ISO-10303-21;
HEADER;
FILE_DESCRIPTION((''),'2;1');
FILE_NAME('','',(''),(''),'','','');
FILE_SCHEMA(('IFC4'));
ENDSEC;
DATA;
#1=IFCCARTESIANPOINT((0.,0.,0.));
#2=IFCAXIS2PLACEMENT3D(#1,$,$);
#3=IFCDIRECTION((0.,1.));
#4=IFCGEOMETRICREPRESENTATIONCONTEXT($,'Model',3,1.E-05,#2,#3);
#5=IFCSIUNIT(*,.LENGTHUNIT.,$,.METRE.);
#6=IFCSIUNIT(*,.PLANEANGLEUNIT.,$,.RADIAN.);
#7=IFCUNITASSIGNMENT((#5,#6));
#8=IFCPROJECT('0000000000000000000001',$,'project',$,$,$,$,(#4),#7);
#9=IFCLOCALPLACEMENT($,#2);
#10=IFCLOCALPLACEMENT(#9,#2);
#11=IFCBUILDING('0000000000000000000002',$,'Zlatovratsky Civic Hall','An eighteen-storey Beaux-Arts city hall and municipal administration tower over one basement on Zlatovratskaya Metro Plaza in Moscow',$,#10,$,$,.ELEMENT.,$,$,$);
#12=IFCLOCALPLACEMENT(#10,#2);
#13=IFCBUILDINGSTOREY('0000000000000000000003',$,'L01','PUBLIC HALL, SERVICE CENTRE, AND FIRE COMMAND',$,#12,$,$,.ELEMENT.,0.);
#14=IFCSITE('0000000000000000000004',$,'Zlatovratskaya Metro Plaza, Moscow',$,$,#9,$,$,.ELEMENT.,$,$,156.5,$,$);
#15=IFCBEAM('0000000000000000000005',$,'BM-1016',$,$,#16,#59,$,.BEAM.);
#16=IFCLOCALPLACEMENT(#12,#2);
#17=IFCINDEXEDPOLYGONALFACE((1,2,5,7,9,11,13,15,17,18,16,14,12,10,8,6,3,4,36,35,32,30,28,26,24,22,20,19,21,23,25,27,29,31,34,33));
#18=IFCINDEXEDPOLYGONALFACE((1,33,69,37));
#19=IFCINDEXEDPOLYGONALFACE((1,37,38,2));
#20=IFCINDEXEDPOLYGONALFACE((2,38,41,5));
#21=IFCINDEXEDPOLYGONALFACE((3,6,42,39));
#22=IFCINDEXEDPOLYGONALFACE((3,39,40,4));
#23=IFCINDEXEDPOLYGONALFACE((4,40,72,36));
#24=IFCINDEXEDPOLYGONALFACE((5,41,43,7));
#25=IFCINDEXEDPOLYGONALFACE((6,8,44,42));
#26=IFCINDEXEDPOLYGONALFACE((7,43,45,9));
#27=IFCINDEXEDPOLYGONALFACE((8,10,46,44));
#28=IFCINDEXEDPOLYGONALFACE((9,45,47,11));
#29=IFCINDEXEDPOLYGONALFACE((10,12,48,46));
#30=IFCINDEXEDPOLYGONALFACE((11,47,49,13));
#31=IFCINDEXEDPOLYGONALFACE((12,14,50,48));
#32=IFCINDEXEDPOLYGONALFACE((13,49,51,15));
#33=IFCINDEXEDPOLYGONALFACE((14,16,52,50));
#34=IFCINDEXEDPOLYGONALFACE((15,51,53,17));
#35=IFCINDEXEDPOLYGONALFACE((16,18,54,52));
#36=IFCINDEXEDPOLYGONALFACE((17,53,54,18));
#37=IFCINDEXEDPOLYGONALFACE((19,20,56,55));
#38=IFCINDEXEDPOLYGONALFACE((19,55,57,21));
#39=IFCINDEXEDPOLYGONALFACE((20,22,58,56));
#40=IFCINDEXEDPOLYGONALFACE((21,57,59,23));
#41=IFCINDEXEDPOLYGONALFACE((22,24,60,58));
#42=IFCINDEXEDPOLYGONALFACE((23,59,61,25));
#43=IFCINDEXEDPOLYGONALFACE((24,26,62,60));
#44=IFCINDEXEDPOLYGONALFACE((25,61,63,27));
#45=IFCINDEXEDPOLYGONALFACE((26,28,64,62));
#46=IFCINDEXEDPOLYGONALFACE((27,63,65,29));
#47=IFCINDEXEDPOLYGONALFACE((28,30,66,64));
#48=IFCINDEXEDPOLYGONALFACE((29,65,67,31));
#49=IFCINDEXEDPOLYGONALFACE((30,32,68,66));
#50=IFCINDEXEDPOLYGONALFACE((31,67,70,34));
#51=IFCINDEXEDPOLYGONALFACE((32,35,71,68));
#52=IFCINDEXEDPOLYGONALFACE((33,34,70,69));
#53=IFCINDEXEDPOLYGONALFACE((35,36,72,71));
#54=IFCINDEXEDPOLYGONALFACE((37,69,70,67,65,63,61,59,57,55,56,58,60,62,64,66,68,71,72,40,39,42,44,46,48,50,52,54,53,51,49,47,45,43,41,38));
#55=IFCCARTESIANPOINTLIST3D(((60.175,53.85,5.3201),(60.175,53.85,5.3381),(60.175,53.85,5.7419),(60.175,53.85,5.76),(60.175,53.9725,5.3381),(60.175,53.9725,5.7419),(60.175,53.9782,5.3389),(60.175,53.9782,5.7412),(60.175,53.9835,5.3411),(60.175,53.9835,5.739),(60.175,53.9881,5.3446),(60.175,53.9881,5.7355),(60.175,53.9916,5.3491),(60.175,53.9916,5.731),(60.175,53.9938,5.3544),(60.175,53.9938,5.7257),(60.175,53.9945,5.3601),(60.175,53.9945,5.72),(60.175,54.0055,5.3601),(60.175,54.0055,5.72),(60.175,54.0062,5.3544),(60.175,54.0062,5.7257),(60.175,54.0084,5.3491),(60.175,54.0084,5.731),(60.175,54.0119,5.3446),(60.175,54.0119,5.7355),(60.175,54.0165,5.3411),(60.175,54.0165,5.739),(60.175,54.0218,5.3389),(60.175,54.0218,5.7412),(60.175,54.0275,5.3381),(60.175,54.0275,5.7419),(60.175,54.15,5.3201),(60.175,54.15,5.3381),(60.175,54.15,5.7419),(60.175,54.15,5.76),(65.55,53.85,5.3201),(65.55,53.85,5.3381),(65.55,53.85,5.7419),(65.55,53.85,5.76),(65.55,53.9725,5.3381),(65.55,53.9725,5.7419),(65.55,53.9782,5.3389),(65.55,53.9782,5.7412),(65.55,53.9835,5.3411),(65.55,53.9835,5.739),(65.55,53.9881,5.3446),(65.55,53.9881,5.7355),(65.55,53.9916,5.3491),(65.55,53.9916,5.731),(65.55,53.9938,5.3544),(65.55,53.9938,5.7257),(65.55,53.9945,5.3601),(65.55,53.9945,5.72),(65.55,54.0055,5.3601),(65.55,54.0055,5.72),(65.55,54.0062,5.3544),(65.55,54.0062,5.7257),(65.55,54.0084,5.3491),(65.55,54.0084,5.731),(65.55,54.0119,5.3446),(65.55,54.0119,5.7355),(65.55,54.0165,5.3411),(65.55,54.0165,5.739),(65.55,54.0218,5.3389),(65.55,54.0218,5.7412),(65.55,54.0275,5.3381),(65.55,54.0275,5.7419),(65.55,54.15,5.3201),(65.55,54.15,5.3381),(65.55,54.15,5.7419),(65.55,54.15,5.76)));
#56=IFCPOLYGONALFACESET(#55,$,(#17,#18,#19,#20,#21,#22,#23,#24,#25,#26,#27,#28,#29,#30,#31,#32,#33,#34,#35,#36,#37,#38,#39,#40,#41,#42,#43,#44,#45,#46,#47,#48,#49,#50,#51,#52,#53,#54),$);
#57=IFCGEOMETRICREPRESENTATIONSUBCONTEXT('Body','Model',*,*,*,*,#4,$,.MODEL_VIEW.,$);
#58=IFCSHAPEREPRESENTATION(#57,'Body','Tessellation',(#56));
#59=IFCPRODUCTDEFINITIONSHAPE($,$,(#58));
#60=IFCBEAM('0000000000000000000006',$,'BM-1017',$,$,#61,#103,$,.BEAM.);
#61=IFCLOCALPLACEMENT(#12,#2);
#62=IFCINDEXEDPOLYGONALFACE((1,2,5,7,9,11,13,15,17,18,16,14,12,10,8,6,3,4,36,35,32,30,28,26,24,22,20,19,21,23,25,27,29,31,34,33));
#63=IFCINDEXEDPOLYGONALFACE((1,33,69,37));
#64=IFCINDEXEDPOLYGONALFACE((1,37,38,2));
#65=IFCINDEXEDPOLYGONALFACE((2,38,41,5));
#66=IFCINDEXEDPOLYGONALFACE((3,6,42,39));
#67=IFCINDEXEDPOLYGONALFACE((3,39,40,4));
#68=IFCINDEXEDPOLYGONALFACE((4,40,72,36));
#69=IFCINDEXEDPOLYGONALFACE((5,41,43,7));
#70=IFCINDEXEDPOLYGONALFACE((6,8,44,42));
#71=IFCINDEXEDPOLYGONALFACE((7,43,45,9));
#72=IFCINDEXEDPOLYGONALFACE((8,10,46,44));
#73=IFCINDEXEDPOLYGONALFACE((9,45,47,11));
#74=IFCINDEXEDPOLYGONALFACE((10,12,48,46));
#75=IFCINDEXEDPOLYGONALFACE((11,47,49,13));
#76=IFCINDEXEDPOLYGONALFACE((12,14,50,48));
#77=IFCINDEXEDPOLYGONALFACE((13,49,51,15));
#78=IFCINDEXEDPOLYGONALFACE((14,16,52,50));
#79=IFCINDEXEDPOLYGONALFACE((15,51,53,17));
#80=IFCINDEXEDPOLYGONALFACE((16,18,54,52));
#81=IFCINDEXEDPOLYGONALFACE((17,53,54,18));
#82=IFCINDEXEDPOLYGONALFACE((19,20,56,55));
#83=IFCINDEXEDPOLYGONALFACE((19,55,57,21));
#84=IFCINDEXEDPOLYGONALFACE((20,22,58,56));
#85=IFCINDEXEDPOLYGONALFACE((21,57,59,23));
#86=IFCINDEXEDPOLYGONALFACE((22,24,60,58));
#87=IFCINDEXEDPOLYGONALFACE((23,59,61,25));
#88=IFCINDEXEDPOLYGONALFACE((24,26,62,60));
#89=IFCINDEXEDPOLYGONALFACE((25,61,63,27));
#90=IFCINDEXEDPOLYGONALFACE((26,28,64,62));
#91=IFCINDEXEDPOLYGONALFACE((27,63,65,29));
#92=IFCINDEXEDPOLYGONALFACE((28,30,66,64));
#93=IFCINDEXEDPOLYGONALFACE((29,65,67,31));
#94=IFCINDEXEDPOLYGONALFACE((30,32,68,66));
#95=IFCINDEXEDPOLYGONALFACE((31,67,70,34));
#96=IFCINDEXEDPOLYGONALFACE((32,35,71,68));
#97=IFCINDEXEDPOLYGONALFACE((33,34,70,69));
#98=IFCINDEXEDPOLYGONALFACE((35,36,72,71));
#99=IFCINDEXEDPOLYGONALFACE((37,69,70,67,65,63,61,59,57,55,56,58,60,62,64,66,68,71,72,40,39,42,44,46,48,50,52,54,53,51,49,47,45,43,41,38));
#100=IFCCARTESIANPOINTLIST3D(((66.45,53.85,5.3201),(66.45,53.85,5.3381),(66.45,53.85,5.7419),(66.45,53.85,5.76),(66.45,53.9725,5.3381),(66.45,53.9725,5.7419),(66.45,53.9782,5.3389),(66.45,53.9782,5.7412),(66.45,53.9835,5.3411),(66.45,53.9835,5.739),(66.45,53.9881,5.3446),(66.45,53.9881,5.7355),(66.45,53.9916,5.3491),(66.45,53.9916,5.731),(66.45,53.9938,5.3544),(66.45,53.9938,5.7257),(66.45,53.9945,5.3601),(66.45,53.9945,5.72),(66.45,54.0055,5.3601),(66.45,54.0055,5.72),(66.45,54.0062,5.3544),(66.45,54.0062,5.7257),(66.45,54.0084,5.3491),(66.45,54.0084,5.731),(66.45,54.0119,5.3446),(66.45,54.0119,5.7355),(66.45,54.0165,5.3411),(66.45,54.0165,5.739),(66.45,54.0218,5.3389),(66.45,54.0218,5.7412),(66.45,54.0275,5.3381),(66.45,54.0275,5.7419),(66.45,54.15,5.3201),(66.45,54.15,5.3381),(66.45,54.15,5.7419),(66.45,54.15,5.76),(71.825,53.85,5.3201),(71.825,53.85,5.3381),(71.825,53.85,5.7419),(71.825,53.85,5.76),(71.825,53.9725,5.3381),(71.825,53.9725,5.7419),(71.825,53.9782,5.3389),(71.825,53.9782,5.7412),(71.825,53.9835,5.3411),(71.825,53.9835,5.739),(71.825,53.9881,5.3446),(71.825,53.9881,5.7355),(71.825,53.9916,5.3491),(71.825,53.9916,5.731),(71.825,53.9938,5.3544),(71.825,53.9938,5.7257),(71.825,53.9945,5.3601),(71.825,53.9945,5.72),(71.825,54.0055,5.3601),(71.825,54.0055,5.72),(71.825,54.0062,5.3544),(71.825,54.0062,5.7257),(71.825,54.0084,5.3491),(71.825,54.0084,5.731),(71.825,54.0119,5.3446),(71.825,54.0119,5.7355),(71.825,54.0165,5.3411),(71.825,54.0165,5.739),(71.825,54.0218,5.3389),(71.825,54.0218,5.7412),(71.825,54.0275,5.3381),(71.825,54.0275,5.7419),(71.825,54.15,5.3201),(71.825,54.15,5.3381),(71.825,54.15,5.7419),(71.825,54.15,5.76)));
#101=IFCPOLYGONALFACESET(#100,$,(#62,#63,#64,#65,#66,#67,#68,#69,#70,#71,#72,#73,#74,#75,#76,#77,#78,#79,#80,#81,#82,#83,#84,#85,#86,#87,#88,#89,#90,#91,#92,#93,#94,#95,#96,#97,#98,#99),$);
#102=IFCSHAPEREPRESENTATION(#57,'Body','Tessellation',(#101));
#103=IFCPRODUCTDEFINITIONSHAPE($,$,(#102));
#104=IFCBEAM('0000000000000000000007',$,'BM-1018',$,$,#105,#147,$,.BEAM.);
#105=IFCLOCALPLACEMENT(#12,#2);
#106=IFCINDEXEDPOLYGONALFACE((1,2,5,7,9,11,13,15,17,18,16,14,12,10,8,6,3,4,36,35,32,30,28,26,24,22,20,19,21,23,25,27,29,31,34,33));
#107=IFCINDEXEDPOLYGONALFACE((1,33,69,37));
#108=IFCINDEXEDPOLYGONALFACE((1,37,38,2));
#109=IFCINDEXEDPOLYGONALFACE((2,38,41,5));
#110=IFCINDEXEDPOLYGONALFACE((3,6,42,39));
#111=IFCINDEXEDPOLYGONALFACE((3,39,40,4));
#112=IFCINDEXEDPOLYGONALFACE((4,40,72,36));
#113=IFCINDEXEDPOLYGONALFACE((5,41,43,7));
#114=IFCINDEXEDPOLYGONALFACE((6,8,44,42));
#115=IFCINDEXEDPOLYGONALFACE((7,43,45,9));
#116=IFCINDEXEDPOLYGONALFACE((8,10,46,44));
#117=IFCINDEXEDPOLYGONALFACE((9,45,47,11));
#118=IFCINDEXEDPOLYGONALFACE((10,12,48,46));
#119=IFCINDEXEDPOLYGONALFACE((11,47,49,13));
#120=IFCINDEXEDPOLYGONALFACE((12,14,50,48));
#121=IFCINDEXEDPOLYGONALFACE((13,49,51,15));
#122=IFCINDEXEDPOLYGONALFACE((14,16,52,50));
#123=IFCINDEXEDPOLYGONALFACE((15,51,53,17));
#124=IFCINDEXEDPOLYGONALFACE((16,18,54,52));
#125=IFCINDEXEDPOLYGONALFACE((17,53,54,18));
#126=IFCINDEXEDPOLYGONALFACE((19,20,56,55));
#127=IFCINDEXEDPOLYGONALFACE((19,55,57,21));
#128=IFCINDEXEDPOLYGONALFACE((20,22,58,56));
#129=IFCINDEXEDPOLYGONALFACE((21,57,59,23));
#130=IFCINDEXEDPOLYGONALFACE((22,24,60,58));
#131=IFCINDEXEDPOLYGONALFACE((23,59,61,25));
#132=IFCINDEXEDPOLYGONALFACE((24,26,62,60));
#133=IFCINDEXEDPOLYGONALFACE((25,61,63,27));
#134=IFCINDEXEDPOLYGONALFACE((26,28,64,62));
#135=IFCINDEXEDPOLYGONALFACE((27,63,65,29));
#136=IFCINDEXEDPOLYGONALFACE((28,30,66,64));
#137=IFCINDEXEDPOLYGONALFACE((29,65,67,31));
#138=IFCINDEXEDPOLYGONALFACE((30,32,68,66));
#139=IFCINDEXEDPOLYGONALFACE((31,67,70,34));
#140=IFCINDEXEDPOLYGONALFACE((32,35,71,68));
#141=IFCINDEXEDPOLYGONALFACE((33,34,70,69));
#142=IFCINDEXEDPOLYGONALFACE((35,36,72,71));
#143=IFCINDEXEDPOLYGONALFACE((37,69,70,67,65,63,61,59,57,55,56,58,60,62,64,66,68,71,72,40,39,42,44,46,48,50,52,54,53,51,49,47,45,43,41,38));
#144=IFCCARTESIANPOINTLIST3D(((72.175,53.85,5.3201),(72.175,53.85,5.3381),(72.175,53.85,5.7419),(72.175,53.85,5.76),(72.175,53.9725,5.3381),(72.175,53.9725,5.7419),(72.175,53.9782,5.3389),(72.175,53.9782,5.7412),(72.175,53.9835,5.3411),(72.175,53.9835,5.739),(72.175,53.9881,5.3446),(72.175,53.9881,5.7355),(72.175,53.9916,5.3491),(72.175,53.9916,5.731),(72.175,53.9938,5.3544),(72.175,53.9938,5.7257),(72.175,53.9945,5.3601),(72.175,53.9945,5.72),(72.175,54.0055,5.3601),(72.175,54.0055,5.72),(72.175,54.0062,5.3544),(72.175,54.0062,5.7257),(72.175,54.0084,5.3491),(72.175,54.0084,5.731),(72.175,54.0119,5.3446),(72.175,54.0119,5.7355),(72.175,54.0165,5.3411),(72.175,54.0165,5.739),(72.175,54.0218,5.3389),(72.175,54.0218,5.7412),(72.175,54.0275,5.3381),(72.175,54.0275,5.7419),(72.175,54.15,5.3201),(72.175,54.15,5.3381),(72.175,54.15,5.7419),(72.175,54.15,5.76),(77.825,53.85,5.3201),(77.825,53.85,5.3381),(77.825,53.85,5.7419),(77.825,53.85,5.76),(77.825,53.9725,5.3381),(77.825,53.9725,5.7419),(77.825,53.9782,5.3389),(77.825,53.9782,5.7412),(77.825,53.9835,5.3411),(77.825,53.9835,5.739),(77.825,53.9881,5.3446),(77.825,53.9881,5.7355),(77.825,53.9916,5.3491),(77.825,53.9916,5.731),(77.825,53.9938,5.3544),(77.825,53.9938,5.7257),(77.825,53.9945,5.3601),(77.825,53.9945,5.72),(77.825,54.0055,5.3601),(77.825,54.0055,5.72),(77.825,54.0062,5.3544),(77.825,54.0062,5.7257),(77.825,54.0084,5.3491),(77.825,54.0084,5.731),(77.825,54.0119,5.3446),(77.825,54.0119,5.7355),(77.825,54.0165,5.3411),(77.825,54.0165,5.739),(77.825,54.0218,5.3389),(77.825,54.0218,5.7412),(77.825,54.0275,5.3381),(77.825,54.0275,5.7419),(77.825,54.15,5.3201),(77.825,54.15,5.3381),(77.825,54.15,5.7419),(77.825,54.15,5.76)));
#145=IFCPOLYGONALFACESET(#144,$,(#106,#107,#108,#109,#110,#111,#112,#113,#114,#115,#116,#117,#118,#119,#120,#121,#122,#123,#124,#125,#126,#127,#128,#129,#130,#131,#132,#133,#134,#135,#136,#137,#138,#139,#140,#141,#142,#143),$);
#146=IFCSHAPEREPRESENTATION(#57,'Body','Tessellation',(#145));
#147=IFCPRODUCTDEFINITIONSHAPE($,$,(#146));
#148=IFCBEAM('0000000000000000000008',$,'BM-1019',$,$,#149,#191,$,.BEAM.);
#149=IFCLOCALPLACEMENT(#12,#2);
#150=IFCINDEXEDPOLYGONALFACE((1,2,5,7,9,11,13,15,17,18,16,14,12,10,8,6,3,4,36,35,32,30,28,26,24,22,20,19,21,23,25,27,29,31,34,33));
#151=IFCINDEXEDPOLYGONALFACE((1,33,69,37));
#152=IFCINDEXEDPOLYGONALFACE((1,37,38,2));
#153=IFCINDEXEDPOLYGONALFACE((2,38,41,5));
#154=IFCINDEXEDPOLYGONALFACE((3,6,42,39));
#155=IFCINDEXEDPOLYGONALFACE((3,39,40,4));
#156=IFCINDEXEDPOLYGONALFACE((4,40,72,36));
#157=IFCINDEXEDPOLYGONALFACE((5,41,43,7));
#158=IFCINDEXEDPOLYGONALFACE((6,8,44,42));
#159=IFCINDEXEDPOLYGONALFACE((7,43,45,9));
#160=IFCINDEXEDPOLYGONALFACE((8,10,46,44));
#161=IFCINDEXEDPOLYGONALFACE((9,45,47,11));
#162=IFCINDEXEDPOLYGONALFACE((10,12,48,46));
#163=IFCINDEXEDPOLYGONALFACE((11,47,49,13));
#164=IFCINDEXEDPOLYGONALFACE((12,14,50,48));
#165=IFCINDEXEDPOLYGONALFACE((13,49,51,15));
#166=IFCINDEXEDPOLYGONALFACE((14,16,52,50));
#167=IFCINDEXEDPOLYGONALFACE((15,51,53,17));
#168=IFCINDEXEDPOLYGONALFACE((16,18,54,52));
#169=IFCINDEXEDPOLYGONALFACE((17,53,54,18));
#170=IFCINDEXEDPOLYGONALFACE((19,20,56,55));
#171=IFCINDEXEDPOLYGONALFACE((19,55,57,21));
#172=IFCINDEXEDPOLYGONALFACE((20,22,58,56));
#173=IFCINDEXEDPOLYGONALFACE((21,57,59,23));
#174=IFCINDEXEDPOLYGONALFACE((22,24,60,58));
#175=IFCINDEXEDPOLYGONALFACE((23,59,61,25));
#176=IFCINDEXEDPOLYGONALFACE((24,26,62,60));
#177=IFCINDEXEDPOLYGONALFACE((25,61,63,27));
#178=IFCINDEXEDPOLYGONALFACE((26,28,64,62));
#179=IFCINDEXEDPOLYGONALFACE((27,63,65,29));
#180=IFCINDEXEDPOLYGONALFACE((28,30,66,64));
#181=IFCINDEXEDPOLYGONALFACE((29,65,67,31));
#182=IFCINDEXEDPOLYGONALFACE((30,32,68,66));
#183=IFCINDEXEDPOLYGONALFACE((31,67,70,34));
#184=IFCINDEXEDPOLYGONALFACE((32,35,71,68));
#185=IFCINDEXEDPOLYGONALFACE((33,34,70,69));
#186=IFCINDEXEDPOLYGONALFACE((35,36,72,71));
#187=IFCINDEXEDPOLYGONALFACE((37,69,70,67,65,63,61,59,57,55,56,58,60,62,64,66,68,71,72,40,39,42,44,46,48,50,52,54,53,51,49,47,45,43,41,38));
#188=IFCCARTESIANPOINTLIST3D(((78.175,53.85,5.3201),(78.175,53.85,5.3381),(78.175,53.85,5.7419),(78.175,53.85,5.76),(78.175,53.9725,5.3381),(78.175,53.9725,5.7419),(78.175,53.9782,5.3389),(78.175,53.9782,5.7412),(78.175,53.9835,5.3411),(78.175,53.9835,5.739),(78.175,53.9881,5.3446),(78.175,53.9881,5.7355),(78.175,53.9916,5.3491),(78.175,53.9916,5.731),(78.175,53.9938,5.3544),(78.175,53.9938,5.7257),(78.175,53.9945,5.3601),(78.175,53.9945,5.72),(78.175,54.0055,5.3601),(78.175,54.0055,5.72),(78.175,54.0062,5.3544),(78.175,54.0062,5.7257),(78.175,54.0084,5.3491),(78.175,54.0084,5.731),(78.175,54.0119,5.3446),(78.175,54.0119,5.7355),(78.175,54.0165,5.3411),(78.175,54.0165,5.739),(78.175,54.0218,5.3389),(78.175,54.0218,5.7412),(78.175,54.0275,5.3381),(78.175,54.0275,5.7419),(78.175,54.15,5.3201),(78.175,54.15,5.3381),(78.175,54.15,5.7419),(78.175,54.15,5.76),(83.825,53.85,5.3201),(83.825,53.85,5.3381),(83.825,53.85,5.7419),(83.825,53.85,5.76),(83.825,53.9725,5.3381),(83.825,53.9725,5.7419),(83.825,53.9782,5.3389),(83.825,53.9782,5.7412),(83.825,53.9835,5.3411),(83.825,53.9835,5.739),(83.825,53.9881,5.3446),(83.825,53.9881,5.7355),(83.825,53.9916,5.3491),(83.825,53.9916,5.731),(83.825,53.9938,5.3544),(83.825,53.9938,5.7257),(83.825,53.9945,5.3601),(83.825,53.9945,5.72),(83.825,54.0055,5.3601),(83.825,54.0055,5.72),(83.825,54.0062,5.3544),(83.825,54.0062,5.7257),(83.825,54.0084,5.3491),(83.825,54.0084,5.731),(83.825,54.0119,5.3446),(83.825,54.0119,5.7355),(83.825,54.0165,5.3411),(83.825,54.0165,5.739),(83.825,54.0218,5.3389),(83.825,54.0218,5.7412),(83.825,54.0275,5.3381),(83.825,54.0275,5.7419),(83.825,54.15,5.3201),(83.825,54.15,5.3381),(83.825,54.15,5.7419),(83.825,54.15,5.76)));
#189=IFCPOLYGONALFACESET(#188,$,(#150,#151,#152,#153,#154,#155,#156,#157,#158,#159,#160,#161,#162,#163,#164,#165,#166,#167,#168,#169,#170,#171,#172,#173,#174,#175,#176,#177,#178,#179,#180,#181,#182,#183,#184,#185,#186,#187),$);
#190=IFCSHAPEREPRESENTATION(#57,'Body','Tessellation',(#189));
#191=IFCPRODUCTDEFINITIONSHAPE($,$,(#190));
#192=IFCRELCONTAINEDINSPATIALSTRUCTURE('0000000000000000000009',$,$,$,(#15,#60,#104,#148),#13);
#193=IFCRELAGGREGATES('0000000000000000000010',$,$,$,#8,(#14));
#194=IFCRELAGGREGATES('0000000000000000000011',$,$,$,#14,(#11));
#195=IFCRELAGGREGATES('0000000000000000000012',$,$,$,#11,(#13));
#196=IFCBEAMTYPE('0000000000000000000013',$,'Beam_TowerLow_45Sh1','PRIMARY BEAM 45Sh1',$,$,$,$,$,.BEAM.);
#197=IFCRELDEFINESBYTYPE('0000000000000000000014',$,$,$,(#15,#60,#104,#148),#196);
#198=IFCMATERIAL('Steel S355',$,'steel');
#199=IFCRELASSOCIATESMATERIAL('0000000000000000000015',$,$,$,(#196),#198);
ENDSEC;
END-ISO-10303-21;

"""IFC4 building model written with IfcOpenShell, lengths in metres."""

from ifc_helpers import new_model, si_unit, direction, frame, origin, origin_2d, place, context, subcontext, project, spatial, i_section, extrude, material, material_profile, profile_set, type_object, element, save


model = new_model("IFC4")

# Units and contexts
model_context = context("Model", 3, precision=1e-05, world=origin(), true_north=direction((0.0, 1.0)))
body_context = subcontext(model_context, "Body", "Model", "MODEL_VIEW")
ifc_project = project(units=[si_unit("LENGTHUNIT", "METRE"), si_unit("PLANEANGLEUNIT", "RADIAN")], contexts=[model_context])

# Site, building, storey
site_placement = place(None, origin())
site = spatial("IfcSite", under=ifc_project, at=site_placement, Name="Zlatovratskaya Metro Plaza, Moscow", CompositionType="ELEMENT", RefElevation=156.5)
building_placement = place(site_placement, origin())
building = spatial("IfcBuilding", under=site, at=building_placement, Name="Zlatovratsky Civic Hall", Description="An eighteen-storey Beaux-Arts city hall and municipal administration tower over one basement on Zlatovratskaya Metro Plaza in Moscow", CompositionType="ELEMENT")
storey_placement = place(building_placement, origin())
storey = spatial("IfcBuildingStorey", under=building, at=storey_placement, Name="L01", Description="PUBLIC HALL, SERVICE CENTRE, AND FIRE COMMAND", CompositionType="ELEMENT", Elevation=0.0)

# Shared definitions
ifc_material_1 = material(Name="Steel S355", Category="steel")

# Beams
ifc_material_profile_1 = material_profile(ifc_material_1, i_section(OverallWidth=0.3, OverallDepth=0.4399, WebThickness=0.011, FlangeThickness=0.0181, FilletRadius=0.022, at=origin_2d()), Name="45Sh1")
ifc_profile_set_1 = profile_set([ifc_material_profile_1], Name="Steel S355")
beam_type = type_object("IfcBeamType", Name="Beam_TowerLow_45Sh1", Description="PRIMARY BEAM 45Sh1", PredefinedType="BEAM", material=ifc_profile_set_1)
for number, where, z_axis, x_axis, name in (
    (1, (60.175, 54.0, 5.54), (1.0, 0.0, 0.0), (0.0, 1.0, 0.0), "BM-1016"),
    (2, (66.45, 54.0, 5.54), (1.0, 0.0, 0.0), (0.0, 1.0, 0.0), "BM-1017"),
):
    element("IfcBeam", number, at=place(storey_placement, frame(where, z_axis=z_axis, x_axis=x_axis)), inside=storey, type_object=beam_type, Name=name, PredefinedType="BEAM", context=body_context, shape_type="SweptSolid", body=[
        extrude(i_section(OverallWidth=0.3, OverallDepth=0.4399, WebThickness=0.011, FlangeThickness=0.0181, FilletRadius=0.022, at=origin_2d()), origin(), (0.0, 0.0, 1.0), 5.375),
    ])
for number, where, z_axis, x_axis, name in (
    (3, (72.175, 54.0, 5.54), (1.0, 0.0, 0.0), (0.0, 1.0, 0.0), "BM-1018"),
    (4, (78.175, 54.0, 5.54), (1.0, 0.0, 0.0), (0.0, 1.0, 0.0), "BM-1019"),
):
    element("IfcBeam", number, at=place(storey_placement, frame(where, z_axis=z_axis, x_axis=x_axis)), inside=storey, type_object=beam_type, Name=name, PredefinedType="BEAM", context=body_context, shape_type="SweptSolid", body=[
        extrude(i_section(OverallWidth=0.3, OverallDepth=0.4399, WebThickness=0.011, FlangeThickness=0.0181, FilletRadius=0.022, at=origin_2d()), origin(), (0.0, 0.0, 1.0), 5.6499),
    ])

save(model, "model.ifc")
